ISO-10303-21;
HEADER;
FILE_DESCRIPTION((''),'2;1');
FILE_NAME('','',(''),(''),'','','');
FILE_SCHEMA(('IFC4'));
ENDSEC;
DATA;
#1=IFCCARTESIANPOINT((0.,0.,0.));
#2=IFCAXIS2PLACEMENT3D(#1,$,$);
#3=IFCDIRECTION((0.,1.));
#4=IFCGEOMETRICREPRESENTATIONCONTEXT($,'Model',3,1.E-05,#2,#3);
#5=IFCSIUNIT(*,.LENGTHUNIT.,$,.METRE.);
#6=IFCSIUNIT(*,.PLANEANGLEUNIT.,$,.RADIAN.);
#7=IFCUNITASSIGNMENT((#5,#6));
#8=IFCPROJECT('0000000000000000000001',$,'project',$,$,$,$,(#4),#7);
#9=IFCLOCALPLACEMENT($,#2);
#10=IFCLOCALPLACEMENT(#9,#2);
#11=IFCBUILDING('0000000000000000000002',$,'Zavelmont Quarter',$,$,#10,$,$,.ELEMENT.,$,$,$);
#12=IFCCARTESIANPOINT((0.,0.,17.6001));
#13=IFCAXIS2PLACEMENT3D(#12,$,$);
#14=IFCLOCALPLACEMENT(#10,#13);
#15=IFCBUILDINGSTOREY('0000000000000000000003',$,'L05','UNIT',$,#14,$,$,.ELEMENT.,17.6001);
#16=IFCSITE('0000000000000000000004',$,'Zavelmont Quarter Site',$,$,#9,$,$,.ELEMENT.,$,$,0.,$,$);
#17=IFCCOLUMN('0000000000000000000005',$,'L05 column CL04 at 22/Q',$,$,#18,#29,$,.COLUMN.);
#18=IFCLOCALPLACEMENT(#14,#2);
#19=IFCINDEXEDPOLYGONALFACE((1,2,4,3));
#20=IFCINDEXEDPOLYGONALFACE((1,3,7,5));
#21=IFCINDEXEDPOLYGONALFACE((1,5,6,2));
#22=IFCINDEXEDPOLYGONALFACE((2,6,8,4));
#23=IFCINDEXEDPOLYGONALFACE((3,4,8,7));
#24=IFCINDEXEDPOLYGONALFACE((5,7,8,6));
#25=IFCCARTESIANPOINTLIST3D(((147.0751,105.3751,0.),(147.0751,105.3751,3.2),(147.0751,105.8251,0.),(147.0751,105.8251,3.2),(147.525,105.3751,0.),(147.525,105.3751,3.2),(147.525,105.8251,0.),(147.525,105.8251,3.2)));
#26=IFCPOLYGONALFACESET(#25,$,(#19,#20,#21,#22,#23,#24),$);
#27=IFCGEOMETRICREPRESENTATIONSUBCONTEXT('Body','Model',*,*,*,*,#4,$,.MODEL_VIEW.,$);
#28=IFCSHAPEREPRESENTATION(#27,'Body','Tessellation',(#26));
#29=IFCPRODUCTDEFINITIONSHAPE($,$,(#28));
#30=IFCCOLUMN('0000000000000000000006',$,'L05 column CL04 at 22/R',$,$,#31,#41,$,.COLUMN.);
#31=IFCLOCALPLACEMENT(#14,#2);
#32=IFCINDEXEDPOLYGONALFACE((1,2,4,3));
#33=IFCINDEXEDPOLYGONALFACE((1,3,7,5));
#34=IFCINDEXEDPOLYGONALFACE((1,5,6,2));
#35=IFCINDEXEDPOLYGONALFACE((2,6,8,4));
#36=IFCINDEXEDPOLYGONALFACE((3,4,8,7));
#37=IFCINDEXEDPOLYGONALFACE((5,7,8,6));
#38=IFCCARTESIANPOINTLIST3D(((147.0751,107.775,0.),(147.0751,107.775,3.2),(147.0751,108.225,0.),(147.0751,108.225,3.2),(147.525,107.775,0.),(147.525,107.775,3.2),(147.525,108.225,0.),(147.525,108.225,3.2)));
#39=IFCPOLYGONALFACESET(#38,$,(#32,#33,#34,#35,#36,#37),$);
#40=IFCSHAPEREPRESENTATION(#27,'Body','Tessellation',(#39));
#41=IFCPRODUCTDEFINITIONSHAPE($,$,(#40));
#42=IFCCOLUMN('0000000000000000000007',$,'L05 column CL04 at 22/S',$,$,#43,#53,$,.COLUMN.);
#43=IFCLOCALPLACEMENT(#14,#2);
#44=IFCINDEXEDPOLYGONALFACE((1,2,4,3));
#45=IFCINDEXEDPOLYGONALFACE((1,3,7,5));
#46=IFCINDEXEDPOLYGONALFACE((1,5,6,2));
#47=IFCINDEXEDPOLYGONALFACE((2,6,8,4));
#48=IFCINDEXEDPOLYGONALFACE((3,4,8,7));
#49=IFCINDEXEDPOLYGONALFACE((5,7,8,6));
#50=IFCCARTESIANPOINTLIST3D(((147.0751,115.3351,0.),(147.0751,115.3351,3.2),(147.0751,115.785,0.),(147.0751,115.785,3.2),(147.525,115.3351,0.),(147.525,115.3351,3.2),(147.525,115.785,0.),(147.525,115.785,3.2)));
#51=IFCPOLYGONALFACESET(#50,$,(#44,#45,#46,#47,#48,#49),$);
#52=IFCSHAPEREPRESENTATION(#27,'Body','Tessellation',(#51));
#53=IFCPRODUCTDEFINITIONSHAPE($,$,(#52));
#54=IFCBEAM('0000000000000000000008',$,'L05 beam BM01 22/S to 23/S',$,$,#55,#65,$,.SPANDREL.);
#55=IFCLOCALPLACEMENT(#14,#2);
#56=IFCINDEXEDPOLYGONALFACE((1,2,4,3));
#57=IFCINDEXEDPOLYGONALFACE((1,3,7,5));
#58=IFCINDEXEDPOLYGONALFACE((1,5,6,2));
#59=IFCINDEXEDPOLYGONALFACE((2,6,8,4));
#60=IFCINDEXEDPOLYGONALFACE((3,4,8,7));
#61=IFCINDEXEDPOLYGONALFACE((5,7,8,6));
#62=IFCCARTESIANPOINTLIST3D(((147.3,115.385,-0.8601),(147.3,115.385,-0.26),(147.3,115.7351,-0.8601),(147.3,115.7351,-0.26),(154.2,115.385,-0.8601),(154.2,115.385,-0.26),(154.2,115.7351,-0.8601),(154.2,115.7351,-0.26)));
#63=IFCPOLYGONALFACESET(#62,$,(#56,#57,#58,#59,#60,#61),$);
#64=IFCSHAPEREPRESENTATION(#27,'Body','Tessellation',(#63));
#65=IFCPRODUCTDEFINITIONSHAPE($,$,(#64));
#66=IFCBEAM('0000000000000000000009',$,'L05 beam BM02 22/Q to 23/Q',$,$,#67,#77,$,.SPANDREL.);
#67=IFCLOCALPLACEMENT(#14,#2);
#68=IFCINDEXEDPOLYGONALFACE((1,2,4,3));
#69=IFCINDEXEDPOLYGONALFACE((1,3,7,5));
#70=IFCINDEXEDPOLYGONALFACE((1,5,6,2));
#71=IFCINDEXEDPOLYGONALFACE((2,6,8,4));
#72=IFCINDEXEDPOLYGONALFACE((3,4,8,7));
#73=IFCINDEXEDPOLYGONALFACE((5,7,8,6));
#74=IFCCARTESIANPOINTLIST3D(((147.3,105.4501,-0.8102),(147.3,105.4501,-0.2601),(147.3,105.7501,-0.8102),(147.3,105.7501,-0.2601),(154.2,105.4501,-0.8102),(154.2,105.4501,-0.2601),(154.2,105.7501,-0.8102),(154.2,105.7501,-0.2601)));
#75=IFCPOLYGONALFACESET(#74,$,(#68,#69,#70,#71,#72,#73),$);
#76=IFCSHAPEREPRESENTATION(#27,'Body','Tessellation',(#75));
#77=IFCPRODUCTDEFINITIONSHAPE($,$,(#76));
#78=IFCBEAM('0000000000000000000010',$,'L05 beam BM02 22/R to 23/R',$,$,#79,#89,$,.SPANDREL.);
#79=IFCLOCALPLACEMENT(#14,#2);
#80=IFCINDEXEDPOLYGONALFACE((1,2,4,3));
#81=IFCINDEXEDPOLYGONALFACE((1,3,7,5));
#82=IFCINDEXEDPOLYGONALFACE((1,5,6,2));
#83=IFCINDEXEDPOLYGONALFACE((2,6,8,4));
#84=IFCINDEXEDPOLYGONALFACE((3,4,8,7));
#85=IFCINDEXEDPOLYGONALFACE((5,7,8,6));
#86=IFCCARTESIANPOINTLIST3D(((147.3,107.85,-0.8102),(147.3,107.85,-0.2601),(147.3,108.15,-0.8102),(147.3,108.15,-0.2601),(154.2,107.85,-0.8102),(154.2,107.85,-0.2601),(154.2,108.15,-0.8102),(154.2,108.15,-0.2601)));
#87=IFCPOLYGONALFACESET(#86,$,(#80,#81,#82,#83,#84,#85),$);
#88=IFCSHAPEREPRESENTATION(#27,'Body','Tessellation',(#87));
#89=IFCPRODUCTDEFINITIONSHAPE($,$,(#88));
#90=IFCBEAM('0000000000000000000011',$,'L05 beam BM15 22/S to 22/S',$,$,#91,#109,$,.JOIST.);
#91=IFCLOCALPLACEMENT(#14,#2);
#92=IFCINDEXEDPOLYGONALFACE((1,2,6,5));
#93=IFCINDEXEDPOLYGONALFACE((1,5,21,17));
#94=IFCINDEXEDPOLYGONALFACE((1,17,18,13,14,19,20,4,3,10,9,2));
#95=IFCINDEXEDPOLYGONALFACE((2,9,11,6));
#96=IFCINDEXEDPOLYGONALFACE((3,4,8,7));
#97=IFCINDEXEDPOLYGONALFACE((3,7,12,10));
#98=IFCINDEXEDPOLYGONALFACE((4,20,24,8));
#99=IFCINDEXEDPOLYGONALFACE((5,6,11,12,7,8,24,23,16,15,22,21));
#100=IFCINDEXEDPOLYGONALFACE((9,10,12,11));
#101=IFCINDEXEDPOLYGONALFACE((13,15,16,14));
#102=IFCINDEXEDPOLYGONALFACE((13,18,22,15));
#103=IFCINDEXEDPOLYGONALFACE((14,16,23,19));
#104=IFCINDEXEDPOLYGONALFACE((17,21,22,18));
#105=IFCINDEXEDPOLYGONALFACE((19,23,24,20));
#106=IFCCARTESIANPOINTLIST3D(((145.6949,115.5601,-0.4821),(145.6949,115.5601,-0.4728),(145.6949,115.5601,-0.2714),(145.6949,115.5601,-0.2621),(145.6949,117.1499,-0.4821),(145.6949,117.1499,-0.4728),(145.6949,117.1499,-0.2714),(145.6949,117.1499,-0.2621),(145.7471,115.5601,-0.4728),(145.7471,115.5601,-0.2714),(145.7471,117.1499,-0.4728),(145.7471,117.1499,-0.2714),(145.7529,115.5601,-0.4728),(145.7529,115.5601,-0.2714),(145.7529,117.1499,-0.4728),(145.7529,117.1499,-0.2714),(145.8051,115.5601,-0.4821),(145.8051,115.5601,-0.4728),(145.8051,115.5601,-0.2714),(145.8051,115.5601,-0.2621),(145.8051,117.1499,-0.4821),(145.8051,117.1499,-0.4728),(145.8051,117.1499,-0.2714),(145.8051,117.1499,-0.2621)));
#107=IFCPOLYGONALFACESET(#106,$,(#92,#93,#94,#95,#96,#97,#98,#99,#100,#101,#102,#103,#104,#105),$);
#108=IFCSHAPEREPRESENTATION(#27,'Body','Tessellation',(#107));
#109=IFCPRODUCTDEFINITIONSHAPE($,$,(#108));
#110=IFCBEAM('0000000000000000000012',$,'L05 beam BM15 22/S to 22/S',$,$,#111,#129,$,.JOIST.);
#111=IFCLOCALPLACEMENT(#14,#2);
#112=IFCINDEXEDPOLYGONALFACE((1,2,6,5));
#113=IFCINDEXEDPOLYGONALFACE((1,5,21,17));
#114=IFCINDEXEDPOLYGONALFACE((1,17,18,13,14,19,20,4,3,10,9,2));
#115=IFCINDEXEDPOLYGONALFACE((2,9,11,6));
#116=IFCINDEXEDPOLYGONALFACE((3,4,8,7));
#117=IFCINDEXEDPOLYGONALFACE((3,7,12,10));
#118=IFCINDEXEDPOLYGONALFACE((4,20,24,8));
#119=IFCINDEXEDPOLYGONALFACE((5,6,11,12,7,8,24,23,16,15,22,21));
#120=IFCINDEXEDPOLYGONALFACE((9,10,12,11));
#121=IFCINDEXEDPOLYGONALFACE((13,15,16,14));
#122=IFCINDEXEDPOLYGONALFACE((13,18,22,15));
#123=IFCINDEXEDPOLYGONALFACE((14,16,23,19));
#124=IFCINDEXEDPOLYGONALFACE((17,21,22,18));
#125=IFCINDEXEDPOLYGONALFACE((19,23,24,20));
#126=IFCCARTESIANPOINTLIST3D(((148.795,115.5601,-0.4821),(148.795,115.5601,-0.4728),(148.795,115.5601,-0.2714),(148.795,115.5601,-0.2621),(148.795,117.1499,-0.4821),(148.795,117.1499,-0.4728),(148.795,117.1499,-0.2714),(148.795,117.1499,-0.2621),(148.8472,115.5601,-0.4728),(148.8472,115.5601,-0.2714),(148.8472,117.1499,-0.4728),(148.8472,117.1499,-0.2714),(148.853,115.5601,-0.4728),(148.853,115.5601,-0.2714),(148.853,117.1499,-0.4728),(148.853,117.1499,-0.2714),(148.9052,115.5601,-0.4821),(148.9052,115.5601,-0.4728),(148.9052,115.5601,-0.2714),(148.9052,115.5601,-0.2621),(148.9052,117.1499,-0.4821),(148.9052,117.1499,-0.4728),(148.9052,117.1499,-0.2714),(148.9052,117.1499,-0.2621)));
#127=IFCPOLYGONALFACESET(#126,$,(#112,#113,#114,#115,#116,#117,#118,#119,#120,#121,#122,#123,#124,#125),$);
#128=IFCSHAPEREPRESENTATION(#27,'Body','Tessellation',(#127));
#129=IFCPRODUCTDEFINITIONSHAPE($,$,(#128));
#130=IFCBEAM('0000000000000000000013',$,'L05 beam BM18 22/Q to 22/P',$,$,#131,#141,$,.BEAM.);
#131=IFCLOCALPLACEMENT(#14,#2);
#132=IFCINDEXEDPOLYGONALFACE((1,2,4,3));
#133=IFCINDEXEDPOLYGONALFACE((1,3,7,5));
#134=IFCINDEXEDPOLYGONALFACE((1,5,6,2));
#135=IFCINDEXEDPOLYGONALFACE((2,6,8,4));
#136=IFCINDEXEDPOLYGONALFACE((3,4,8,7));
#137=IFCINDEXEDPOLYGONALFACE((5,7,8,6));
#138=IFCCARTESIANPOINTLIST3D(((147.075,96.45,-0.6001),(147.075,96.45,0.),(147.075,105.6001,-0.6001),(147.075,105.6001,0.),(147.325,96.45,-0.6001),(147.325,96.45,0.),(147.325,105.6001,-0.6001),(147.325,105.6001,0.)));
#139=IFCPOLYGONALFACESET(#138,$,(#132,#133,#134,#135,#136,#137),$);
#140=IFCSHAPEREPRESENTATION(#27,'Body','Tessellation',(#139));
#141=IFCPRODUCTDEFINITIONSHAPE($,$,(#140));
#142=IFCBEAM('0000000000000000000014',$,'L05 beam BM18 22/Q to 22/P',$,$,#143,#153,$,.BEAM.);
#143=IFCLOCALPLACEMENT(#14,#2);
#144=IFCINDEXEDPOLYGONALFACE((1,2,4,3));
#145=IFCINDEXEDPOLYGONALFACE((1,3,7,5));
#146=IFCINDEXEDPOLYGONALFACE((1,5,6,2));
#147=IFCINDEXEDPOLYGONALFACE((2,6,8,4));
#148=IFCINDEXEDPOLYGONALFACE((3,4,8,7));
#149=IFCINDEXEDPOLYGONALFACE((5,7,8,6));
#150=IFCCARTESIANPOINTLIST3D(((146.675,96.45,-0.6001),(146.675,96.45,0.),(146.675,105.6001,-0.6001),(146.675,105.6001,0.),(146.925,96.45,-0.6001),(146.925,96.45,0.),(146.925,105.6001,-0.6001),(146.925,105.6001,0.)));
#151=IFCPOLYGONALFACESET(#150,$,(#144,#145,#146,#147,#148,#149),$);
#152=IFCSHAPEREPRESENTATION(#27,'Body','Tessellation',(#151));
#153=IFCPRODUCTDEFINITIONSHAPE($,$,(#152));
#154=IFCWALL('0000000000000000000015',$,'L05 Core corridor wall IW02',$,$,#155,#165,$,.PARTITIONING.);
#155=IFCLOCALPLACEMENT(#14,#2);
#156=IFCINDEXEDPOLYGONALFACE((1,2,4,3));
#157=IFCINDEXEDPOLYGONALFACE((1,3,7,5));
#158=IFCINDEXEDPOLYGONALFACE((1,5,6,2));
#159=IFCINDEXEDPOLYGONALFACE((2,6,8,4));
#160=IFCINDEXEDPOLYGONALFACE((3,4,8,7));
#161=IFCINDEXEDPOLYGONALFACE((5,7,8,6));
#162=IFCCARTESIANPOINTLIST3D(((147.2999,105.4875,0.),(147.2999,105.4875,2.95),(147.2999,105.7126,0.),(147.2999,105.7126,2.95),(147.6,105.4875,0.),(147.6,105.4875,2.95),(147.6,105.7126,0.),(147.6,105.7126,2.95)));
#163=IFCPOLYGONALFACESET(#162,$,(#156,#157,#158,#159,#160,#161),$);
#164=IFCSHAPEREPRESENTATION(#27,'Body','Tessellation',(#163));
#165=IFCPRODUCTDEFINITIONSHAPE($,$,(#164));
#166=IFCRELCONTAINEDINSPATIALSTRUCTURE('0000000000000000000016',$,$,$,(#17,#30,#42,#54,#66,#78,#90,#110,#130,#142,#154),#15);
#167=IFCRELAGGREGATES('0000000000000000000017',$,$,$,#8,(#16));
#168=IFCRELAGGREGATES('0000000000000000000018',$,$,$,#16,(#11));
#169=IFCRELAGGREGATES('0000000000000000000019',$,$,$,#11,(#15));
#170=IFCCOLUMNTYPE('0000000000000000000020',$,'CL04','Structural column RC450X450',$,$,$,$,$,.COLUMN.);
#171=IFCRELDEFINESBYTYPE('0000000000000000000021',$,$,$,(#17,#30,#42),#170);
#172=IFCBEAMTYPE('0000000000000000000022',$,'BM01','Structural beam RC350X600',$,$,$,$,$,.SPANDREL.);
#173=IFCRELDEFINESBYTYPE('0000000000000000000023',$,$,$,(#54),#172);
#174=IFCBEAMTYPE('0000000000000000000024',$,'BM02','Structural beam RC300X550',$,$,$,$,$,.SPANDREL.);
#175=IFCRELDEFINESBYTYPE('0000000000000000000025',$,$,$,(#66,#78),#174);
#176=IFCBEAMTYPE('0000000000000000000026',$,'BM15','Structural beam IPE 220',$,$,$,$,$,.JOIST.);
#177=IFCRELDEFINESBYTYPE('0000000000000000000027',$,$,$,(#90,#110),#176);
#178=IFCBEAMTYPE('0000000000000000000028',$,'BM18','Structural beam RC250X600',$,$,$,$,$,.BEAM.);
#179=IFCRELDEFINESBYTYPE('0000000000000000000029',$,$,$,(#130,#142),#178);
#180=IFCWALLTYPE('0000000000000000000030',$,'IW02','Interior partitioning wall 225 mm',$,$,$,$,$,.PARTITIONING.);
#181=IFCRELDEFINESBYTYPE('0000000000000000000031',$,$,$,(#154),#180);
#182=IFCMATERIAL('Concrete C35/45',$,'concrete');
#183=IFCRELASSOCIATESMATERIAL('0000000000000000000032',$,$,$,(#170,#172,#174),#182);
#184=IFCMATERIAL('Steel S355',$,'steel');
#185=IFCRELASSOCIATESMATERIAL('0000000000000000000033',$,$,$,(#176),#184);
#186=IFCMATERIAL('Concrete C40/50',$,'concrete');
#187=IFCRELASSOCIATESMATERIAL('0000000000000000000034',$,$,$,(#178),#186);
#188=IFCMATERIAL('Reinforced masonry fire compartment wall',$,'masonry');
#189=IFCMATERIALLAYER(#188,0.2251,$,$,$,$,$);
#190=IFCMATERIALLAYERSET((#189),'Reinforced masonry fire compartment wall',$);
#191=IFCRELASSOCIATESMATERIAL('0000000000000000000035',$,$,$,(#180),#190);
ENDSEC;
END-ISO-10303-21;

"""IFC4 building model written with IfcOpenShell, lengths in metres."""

from ifc_helpers import new_model, si_unit, direction, frame, frame_2d, origin, origin_2d, place, context, subcontext, project, spatial, rectangle, i_section, extrude, material, layer, layer_set, material_profile, profile_set, type_object, element, save


model = new_model("IFC4")

# Units and contexts
model_context = context("Model", 3, precision=1e-05, world=origin(), true_north=direction((0.0, 1.0)))
body_context = subcontext(model_context, "Body", "Model", "MODEL_VIEW")
ifc_project = project(units=[si_unit("LENGTHUNIT", "METRE"), si_unit("PLANEANGLEUNIT", "RADIAN")], contexts=[model_context])

# Site, building, storey
site_placement = place(None, origin())
site = spatial("IfcSite", under=ifc_project, at=site_placement, Name="Zavelmont Quarter Site", CompositionType="ELEMENT", RefElevation=0.0)
building_placement = place(site_placement, origin())
building = spatial("IfcBuilding", under=site, at=building_placement, Name="Zavelmont Quarter", CompositionType="ELEMENT")
storey_placement = place(building_placement, frame((0.0, 0.0, 17.6001)))
storey = spatial("IfcBuildingStorey", under=building, at=storey_placement, Name="L05", Description="UNIT", CompositionType="ELEMENT", Elevation=17.6001)

# Columns
ifc_material_1 = material(Name="Concrete C35/45", Category="concrete")
ifc_material_profile_1 = material_profile(ifc_material_1, rectangle(XDim=0.45, YDim=0.45, at=origin_2d()), Name="RC450X450")
ifc_profile_set_1 = profile_set([ifc_material_profile_1], Name="Concrete C35/45")
column_type = type_object("IfcColumnType", Name="CL04", Description="Structural column RC450X450", PredefinedType="COLUMN", material=ifc_profile_set_1)
for number, where, z_axis, x_axis, name in (
    (1, (147.3, 105.6001, 0.0), (0.0, 0.0, 1.0), (1.0, 0.0, 0.0), "L05 column CL04 at 22/Q"),
    (2, (147.3, 108.0, 0.0), (0.0, 0.0, 1.0), (1.0, 0.0, 0.0), "L05 column CL04 at 22/R"),
    (3, (147.3, 115.5601, 0.0), (0.0, 0.0, 1.0), (1.0, 0.0, 0.0), "L05 column CL04 at 22/S"),
):
    element("IfcColumn", number, at=place(storey_placement, frame(where, z_axis=z_axis, x_axis=x_axis)), inside=storey, type_object=column_type, Name=name, PredefinedType="COLUMN", context=body_context, shape_type="SweptSolid", body=[
        extrude(rectangle(XDim=0.45, YDim=0.45, at=origin_2d()), origin(), (0.0, 0.0, 1.0), 3.2),
    ])

# Beams
ifc_material_profile_2 = material_profile(ifc_material_1, rectangle(XDim=0.3501, YDim=0.6001, at=origin_2d()), Name="RC350X600")
ifc_profile_set_2 = profile_set([ifc_material_profile_2], Name="Concrete C35/45")
beam_type_1 = type_object("IfcBeamType", Name="BM01", Description="Structural beam RC350X600", PredefinedType="SPANDREL", material=ifc_profile_set_2)
beam_placement = place(storey_placement, frame((147.3, 115.5601, -0.5601), z_axis=(1.0, 0.0, 0.0), x_axis=(0.0, 1.0, 0.0)))
element("IfcBeam", 4, at=beam_placement, inside=storey, type_object=beam_type_1, Name="L05 beam BM01 22/S to 23/S", PredefinedType="SPANDREL", context=body_context, shape_type="SweptSolid", body=[
    extrude(rectangle(XDim=0.3501, YDim=0.6001, at=origin_2d()), origin(), (0.0, 0.0, 1.0), 6.8999),
])
ifc_material_profile_3 = material_profile(ifc_material_1, rectangle(XDim=0.3, YDim=0.55, at=origin_2d()), Name="RC300X550")
ifc_profile_set_3 = profile_set([ifc_material_profile_3], Name="Concrete C35/45")
beam_type_2 = type_object("IfcBeamType", Name="BM02", Description="Structural beam RC300X550", PredefinedType="SPANDREL", material=ifc_profile_set_3)
for number, where, z_axis, x_axis, name in (
    (5, (147.3, 105.6001, -0.5352), (1.0, 0.0, 0.0), (0.0, 1.0, 0.0), "L05 beam BM02 22/Q to 23/Q"),
    (6, (147.3, 108.0, -0.5352), (1.0, 0.0, 0.0), (0.0, 1.0, 0.0), "L05 beam BM02 22/R to 23/R"),
):
    element("IfcBeam", number, at=place(storey_placement, frame(where, z_axis=z_axis, x_axis=x_axis)), inside=storey, type_object=beam_type_2, Name=name, PredefinedType="SPANDREL", context=body_context, shape_type="SweptSolid", body=[
        extrude(rectangle(XDim=0.3, YDim=0.55, at=origin_2d()), origin(), (0.0, 0.0, 1.0), 6.8999),
    ])
ifc_material_2 = material(Name="Steel S355", Category="steel")
ifc_material_profile_4 = material_profile(ifc_material_2, i_section(OverallWidth=0.1101, OverallDepth=0.22, WebThickness=0.0059, FlangeThickness=0.0093, at=origin_2d()), Name="IPE 220")
ifc_profile_set_4 = profile_set([ifc_material_profile_4], Name="Steel S355")
beam_type_3 = type_object("IfcBeamType", Name="BM15", Description="Structural beam IPE 220", PredefinedType="JOIST", material=ifc_profile_set_4)
for number, where, z_axis, x_axis, name in (
    (7, (145.75, 115.5601, -0.3721), (0.0, 1.0, 0.0), (-1.0, 0.0, 0.0), "L05 beam BM15 22/S to 22/S"),
    (8, (148.8501, 115.5601, -0.3721), (0.0, 1.0, 0.0), (-1.0, 0.0, 0.0), "L05 beam BM15 22/S to 22/S"),
):
    element("IfcBeam", number, at=place(storey_placement, frame(where, z_axis=z_axis, x_axis=x_axis)), inside=storey, type_object=beam_type_3, Name=name, PredefinedType="JOIST", context=body_context, shape_type="SweptSolid", body=[
        extrude(i_section(OverallWidth=0.1101, OverallDepth=0.22, WebThickness=0.0059, FlangeThickness=0.0093, at=origin_2d()), origin(), (0.0, 0.0, 1.0), 1.5898),
    ])
ifc_material_3 = material(Name="Concrete C40/50", Category="concrete")
ifc_material_profile_5 = material_profile(ifc_material_3, rectangle(XDim=0.25, YDim=0.6001, at=origin_2d()), Name="RC250X600")
ifc_profile_set_5 = profile_set([ifc_material_profile_5], Name="Concrete C40/50")
beam_type_4 = type_object("IfcBeamType", Name="BM18", Description="Structural beam RC250X600", PredefinedType="BEAM", material=ifc_profile_set_5)
for number, where, z_axis, x_axis, name in (
    (9, (147.2, 105.6001, -0.3), (0.0, -1.0, 0.0), (1.0, 0.0, 0.0), "L05 beam BM18 22/Q to 22/P"),
    (10, (146.8, 105.6001, -0.3), (0.0, -1.0, 0.0), (1.0, 0.0, 0.0), "L05 beam BM18 22/Q to 22/P"),
):
    element("IfcBeam", number, at=place(storey_placement, frame(where, z_axis=z_axis, x_axis=x_axis)), inside=storey, type_object=beam_type_4, Name=name, PredefinedType="BEAM", context=body_context, shape_type="SweptSolid", body=[
        extrude(rectangle(XDim=0.25, YDim=0.6001, at=origin_2d()), origin(), (0.0, 0.0, 1.0), 9.1501),
    ])

# Wall
ifc_material_4 = material(Name="Reinforced masonry fire compartment wall", Category="masonry")
ifc_layer_1 = layer(ifc_material_4, 0.2251)
ifc_layer_set_1 = layer_set([ifc_layer_1], Name="Reinforced masonry fire compartment wall")
wall_type_1 = type_object("IfcWallType", Name="IW02", Description="Interior partitioning wall 225 mm", PredefinedType="PARTITIONING", material=ifc_layer_set_1)
wall_1_placement = place(storey_placement, frame((147.3, 105.6001, 0.0), z_axis=(0.0, 0.0, 1.0), x_axis=(1.0, 0.0, 0.0)))
element("IfcWall", 11, at=wall_1_placement, inside=storey, type_object=wall_type_1, Name="L05 Core corridor wall IW02", PredefinedType="PARTITIONING", context=body_context, shape_type="SweptSolid", body=[
    extrude(rectangle(XDim=0.3, YDim=0.2251, at=frame_2d((0.1499, 0.0))), origin(), (0.0, 0.0, 1.0), 2.95),
])

save(model, "model.ifc")
